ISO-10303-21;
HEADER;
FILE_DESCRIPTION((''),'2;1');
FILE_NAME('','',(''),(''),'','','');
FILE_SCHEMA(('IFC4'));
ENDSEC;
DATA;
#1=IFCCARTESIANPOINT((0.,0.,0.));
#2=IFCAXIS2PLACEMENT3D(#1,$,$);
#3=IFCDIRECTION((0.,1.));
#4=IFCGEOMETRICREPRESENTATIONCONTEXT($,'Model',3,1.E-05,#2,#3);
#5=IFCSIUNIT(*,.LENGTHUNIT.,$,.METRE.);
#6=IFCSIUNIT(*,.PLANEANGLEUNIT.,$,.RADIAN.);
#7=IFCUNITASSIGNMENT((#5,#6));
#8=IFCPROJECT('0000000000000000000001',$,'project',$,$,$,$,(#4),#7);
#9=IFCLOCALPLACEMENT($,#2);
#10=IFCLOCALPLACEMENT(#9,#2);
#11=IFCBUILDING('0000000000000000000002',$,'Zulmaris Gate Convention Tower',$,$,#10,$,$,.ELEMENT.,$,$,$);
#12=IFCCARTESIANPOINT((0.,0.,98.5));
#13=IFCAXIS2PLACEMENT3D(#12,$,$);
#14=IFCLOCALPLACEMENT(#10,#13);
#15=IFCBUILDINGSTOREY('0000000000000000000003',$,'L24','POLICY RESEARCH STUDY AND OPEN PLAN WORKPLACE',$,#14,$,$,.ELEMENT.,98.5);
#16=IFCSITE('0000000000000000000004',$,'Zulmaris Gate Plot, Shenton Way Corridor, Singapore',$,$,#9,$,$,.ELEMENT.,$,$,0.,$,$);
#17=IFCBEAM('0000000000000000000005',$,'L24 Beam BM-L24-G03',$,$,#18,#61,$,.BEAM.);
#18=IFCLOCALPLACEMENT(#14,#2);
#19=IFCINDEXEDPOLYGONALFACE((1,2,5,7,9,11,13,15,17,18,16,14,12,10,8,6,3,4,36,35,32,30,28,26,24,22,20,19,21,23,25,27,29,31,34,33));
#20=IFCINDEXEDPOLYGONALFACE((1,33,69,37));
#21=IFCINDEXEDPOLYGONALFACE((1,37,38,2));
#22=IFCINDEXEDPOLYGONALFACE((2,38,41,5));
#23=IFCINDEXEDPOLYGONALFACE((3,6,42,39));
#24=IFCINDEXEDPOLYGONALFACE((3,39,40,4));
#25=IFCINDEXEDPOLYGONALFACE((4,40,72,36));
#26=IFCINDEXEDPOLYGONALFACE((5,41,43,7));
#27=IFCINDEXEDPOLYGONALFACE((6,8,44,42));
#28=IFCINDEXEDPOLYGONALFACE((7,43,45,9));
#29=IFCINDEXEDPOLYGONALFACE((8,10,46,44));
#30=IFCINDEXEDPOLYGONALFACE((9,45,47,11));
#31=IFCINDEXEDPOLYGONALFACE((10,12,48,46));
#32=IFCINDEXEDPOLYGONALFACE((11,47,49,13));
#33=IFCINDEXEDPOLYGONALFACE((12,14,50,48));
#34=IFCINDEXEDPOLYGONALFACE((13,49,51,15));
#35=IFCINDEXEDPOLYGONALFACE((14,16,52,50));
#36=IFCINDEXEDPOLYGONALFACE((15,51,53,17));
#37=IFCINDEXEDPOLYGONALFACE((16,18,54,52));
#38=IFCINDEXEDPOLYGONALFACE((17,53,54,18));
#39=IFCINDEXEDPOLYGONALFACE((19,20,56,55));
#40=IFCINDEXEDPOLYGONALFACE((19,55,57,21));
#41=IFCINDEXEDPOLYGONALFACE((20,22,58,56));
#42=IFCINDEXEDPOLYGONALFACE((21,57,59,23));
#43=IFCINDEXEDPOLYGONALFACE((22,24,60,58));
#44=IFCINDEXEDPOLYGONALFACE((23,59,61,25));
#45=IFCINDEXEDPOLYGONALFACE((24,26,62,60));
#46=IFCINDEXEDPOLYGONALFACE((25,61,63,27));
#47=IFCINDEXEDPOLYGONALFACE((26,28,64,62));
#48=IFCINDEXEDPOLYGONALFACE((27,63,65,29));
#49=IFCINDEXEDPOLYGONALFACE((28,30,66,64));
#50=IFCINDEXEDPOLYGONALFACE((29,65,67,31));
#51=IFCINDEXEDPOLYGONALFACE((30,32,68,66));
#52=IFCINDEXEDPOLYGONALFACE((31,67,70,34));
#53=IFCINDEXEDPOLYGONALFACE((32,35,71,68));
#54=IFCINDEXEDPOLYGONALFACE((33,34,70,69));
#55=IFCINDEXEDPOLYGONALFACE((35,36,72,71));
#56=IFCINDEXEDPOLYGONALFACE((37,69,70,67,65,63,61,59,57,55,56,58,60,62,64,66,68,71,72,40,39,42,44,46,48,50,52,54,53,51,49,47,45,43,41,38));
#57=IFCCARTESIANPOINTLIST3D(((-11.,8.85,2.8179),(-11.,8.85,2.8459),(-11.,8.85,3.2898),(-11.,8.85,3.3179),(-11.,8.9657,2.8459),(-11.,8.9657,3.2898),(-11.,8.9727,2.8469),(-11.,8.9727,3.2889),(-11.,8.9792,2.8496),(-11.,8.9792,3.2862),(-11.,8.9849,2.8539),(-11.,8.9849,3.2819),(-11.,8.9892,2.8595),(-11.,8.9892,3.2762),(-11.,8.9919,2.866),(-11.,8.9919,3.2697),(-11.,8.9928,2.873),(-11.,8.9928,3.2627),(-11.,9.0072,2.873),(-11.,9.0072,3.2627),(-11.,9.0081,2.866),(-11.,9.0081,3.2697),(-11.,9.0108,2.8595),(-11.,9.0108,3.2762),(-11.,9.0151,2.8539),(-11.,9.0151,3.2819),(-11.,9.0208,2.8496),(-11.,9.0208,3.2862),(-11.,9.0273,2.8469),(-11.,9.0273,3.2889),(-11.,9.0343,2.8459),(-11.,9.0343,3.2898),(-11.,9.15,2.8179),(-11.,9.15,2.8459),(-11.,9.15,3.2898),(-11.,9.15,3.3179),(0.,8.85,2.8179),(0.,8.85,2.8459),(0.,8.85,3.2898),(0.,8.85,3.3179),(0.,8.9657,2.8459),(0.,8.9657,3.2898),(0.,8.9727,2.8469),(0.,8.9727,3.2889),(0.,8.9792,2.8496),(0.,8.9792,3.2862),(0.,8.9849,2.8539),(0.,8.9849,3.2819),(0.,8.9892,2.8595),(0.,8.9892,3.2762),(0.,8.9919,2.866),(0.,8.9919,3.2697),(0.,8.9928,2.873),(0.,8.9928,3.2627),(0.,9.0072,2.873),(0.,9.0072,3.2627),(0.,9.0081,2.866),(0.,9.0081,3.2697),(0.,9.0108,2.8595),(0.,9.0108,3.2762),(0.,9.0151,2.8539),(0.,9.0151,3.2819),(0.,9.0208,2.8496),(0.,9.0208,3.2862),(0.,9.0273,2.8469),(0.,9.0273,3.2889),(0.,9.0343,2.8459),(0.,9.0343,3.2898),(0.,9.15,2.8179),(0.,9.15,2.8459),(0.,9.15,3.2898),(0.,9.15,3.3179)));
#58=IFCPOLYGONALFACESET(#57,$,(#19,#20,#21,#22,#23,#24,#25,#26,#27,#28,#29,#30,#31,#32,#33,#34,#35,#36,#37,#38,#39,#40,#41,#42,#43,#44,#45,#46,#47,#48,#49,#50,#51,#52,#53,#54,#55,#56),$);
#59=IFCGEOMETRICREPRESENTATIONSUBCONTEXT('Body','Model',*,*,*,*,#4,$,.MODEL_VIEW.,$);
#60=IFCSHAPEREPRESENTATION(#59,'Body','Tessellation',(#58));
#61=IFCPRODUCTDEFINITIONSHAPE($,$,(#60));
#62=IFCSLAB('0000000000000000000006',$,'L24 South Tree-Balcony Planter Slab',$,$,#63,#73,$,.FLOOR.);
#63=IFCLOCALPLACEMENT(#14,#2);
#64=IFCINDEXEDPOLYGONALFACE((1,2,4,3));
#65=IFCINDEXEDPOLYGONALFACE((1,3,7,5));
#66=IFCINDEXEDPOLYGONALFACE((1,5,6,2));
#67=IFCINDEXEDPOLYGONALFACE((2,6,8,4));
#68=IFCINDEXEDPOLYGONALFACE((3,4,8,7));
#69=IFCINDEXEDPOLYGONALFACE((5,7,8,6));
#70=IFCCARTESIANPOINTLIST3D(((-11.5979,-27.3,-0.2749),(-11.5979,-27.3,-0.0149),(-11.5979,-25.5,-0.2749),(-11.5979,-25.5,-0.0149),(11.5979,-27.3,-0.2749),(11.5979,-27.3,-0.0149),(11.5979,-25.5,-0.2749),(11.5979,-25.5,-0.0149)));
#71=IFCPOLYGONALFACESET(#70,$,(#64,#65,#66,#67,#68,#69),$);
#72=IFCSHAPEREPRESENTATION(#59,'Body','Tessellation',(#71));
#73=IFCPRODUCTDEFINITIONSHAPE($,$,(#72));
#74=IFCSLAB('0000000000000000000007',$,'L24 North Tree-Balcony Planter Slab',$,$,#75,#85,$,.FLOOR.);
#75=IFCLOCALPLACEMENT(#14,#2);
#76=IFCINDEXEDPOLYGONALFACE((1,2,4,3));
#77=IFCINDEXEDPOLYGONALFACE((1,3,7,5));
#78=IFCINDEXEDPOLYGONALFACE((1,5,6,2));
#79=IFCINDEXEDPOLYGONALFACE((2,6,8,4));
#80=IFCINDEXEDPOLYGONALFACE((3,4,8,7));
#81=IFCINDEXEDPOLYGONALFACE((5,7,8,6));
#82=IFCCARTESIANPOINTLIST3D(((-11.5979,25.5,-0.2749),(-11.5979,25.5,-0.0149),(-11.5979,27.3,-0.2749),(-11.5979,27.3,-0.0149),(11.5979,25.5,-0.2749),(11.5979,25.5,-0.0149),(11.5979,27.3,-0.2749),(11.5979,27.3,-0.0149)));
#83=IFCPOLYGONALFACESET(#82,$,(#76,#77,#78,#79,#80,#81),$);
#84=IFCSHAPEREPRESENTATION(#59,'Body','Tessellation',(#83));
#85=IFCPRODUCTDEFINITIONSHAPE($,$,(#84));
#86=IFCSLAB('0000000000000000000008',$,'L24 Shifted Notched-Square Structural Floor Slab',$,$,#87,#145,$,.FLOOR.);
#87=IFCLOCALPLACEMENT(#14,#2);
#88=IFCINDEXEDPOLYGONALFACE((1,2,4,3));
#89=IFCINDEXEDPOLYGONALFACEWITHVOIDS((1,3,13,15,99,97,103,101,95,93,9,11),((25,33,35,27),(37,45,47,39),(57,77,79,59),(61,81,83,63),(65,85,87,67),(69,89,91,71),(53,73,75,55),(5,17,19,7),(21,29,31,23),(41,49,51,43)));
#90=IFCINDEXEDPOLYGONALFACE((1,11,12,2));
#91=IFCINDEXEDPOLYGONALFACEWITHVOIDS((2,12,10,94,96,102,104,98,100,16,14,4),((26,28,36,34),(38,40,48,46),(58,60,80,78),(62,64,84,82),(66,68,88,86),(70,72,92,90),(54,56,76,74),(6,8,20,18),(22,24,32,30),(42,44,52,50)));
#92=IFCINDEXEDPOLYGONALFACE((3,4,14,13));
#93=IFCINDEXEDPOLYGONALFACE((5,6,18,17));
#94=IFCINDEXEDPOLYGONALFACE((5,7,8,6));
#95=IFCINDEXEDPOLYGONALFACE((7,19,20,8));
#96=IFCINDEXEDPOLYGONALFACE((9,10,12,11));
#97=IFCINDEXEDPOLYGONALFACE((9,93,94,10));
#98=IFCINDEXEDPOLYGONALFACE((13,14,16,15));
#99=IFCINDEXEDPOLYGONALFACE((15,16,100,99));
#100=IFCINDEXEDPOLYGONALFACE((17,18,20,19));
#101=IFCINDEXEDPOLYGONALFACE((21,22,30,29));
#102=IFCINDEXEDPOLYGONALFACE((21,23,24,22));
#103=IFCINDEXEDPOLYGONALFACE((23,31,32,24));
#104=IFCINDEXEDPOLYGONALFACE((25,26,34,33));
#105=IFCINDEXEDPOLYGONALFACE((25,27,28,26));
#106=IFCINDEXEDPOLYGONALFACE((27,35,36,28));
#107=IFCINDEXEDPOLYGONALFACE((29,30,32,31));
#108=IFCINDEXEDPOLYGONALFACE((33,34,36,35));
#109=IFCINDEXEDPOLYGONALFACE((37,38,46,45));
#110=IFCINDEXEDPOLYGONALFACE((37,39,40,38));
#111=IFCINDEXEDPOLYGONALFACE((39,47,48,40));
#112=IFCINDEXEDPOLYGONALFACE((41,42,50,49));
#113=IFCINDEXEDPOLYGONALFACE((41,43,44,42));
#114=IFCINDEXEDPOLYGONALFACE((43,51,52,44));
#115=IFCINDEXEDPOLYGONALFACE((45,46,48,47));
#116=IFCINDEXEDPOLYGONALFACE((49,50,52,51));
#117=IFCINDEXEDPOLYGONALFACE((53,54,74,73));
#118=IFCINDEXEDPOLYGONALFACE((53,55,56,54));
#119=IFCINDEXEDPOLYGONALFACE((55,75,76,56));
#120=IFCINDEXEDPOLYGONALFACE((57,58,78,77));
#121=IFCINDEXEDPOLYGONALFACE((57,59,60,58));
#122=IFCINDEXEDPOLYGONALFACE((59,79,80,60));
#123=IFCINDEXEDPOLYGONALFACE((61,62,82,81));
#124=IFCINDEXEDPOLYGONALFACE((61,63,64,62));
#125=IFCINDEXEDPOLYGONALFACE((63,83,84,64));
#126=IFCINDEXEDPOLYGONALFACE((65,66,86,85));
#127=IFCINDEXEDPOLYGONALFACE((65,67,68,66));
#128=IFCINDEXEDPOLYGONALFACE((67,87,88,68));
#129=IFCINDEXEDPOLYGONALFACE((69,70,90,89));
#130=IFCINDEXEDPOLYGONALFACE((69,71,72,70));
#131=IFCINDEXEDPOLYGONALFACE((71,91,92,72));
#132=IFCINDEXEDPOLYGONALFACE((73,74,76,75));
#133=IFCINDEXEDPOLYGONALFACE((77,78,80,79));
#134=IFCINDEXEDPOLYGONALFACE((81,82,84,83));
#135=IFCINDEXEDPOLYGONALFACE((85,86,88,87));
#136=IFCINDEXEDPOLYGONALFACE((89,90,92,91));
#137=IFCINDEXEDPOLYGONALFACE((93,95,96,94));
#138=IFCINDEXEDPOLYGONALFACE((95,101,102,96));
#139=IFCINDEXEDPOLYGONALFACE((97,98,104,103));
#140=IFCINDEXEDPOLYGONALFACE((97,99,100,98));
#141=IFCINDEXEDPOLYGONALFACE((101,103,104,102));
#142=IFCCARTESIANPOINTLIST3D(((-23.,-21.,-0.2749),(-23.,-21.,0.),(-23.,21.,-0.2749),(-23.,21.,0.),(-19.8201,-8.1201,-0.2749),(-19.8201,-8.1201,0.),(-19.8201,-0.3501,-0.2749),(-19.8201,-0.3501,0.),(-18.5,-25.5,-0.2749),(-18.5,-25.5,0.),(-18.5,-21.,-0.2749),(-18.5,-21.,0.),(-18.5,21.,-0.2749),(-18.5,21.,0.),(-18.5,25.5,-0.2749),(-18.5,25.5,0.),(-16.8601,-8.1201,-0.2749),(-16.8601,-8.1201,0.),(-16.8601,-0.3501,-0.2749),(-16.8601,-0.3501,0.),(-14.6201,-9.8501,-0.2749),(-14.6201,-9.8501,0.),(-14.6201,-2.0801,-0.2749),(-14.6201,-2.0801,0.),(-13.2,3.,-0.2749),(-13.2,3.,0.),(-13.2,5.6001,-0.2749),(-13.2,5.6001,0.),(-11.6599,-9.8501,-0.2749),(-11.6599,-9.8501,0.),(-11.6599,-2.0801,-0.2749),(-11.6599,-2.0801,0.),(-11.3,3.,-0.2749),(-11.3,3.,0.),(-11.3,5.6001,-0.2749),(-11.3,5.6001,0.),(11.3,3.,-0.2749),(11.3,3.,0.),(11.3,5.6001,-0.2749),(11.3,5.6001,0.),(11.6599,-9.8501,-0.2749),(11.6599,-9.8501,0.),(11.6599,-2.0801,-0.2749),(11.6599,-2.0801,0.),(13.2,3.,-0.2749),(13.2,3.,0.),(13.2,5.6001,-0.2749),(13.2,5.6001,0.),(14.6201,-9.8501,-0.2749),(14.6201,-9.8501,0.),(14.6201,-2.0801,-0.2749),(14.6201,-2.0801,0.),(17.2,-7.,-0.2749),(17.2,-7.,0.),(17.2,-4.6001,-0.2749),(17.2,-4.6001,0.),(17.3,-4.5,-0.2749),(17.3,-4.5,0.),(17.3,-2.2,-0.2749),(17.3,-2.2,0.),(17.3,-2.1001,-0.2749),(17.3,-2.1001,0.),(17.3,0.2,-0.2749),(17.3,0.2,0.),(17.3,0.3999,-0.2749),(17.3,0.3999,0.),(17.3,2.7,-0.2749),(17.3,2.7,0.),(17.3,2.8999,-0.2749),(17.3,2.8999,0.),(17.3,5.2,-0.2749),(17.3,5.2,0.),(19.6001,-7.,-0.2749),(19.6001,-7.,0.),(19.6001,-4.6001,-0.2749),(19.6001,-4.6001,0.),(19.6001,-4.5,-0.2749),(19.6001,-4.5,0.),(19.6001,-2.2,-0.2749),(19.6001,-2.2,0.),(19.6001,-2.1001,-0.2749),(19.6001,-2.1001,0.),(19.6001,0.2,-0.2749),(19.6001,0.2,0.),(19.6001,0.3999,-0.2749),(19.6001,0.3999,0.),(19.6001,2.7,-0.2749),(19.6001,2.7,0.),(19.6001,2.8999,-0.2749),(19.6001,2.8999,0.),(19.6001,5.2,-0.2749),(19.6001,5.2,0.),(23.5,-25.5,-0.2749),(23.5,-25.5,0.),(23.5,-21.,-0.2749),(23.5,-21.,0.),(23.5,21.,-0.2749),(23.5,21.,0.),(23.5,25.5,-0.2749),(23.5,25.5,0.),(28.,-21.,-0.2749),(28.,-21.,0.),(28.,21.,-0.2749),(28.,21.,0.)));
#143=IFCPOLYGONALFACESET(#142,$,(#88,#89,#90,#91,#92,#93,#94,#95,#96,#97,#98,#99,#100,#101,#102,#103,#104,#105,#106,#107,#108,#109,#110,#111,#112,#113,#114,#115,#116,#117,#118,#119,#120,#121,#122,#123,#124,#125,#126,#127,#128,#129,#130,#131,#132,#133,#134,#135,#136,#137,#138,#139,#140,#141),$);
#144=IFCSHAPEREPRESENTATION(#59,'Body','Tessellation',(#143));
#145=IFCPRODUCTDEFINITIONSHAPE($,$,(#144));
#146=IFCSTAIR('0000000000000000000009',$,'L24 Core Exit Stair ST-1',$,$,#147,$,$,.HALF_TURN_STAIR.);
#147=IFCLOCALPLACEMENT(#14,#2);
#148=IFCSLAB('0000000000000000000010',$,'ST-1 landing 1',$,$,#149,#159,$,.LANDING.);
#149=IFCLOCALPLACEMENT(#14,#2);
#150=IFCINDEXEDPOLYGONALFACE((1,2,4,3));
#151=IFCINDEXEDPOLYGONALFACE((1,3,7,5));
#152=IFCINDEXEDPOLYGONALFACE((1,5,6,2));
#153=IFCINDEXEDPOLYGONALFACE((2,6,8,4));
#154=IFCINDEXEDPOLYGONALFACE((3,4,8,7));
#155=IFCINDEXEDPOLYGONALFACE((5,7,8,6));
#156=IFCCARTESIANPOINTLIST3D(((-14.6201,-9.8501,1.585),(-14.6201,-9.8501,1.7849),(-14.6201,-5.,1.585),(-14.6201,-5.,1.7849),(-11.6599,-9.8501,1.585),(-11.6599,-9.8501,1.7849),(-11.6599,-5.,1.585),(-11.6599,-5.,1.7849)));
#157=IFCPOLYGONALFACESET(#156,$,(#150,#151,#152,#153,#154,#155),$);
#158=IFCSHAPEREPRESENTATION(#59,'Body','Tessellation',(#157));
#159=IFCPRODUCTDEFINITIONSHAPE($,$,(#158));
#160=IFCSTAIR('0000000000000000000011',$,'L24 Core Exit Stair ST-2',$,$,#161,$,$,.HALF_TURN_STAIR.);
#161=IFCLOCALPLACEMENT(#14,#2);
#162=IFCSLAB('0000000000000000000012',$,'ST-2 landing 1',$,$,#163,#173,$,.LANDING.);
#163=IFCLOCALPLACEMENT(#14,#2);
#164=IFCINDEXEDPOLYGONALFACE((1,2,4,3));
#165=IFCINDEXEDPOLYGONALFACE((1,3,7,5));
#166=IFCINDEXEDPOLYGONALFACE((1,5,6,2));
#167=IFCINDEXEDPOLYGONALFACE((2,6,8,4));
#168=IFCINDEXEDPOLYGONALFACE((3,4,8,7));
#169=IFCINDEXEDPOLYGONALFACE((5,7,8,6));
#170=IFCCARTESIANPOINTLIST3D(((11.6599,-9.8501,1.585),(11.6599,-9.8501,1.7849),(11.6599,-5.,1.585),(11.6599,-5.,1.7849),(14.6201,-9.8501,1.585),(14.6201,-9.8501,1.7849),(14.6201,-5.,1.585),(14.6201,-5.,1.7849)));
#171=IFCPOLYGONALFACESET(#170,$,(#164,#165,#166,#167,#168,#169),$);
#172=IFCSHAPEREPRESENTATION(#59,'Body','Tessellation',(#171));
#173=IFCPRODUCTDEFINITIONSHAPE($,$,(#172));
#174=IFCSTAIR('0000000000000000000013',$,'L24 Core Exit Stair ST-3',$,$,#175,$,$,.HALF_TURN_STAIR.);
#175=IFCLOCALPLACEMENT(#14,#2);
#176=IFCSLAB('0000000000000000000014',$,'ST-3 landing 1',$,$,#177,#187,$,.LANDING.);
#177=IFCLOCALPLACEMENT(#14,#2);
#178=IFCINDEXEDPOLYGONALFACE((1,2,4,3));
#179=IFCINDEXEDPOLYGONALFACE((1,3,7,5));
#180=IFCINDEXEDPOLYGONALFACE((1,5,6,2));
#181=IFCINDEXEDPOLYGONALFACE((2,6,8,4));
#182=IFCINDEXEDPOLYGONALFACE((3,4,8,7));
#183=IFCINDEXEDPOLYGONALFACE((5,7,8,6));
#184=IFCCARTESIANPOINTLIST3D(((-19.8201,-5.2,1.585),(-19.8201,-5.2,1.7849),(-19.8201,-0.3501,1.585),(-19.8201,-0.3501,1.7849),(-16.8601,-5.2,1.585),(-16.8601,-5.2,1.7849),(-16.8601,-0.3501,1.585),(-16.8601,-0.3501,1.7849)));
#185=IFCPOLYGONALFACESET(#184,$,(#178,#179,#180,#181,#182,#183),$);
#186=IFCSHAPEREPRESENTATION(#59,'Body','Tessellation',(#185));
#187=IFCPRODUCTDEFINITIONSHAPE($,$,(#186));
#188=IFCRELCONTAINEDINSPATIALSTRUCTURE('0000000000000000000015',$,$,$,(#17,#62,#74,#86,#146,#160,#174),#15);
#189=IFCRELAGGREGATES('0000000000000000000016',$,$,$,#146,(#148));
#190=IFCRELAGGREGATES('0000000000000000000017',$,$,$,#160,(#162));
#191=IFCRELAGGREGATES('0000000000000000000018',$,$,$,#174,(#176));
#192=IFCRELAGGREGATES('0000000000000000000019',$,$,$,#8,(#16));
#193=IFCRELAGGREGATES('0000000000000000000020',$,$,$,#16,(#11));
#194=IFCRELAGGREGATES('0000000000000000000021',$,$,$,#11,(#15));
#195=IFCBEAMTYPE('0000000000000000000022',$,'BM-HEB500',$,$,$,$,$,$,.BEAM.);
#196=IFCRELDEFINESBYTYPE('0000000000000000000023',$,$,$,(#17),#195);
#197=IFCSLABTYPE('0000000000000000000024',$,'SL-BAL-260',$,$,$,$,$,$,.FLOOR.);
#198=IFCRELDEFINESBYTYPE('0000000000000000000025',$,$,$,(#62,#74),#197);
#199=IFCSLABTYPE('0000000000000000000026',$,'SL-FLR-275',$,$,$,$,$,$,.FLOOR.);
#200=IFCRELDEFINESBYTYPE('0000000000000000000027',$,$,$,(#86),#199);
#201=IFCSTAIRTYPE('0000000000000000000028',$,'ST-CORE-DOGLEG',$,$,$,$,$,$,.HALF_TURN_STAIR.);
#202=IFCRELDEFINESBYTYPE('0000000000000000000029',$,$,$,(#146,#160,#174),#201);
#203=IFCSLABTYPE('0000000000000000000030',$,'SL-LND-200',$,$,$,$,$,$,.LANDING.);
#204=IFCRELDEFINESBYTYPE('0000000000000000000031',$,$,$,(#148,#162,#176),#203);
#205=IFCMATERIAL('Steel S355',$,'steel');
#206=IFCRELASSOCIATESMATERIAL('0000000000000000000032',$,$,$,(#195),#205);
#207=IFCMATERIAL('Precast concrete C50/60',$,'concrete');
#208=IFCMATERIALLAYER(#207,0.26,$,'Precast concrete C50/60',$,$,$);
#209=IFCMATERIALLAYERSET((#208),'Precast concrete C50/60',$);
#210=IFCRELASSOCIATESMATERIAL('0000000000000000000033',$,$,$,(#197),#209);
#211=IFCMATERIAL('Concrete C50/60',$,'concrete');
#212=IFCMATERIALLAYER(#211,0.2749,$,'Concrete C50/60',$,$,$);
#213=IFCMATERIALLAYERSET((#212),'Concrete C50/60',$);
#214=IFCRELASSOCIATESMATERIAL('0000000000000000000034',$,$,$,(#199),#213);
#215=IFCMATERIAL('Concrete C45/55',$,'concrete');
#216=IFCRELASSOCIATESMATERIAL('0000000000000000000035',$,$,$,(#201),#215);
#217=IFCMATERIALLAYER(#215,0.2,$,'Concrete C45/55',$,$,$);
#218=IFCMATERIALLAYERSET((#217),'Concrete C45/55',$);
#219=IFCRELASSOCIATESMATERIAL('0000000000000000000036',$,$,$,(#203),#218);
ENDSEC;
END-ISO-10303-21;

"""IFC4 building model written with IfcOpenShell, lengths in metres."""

from ifc_helpers import new_model, si_unit, direction, frame, origin, origin_2d, place, context, subcontext, project, spatial, polyline, i_section, outline, extrude, material, layer, layer_set, material_profile, profile_set, type_object, element, aggregate, save


model = new_model("IFC4")

# Units and contexts
model_context = context("Model", 3, precision=1e-05, world=origin(), true_north=direction((0.0, 1.0)))
body_context = subcontext(model_context, "Body", "Model", "MODEL_VIEW")
ifc_project = project(units=[si_unit("LENGTHUNIT", "METRE"), si_unit("PLANEANGLEUNIT", "RADIAN")], contexts=[model_context])

# Site, building, storey
site_placement = place(None, origin())
site = spatial("IfcSite", under=ifc_project, at=site_placement, Name="Zulmaris Gate Plot, Shenton Way Corridor, Singapore", CompositionType="ELEMENT", RefElevation=0.0)
building_placement = place(site_placement, origin())
building = spatial("IfcBuilding", under=site, at=building_placement, Name="Zulmaris Gate Convention Tower", CompositionType="ELEMENT")
storey_placement = place(building_placement, frame((0.0, 0.0, 98.5)))
storey = spatial("IfcBuildingStorey", under=building, at=storey_placement, Name="L24", Description="POLICY RESEARCH STUDY AND OPEN PLAN WORKPLACE", CompositionType="ELEMENT", Elevation=98.5)

# Beam
ifc_material_1 = material(Name="Steel S355", Category="steel")
ifc_material_profile = material_profile(ifc_material_1, i_section(OverallWidth=0.3, OverallDepth=0.5, WebThickness=0.0144, FlangeThickness=0.0281, FilletRadius=0.0271, at=origin_2d()), Name="HEB 500")
ifc_profile_set = profile_set([ifc_material_profile], Name="Steel S355")
beam_type = type_object("IfcBeamType", Name="BM-HEB500", PredefinedType="BEAM", material=ifc_profile_set)
beam_placement = place(storey_placement, frame((-11.0, 9.0, 3.0679), z_axis=(1.0, 0.0, 0.0), x_axis=(0.0, 1.0, 0.0)))
element("IfcBeam", 1, at=beam_placement, inside=storey, type_object=beam_type, Name="L24 Beam BM-L24-G03", PredefinedType="BEAM", context=body_context, shape_type="SweptSolid", body=[
    extrude(i_section(OverallWidth=0.3, OverallDepth=0.5, WebThickness=0.0144, FlangeThickness=0.0281, FilletRadius=0.0271, at=origin_2d()), origin(), (0.0, 0.0, 1.0), 11.0),
])

# Slabs
ifc_material_2 = material(Name="Precast concrete C50/60", Category="concrete")
ifc_layer_1 = layer(ifc_material_2, 0.26, Name="Precast concrete C50/60")
ifc_layer_set_1 = layer_set([ifc_layer_1], Name="Precast concrete C50/60")
slab_type_1 = type_object("IfcSlabType", Name="SL-BAL-260", PredefinedType="FLOOR", material=ifc_layer_set_1)
slab_1_placement = place(storey_placement, frame((0.0, 0.0, -0.2749)))
element("IfcSlab", 2, at=slab_1_placement, inside=storey, type_object=slab_type_1, Name="L24 South Tree-Balcony Planter Slab", PredefinedType="FLOOR", context=body_context, shape_type="SweptSolid", body=[
    extrude(outline(polyline([(-11.5979, -27.3), (-11.5979, -25.5), (11.5979, -25.5), (11.5979, -27.3), (-11.5979, -27.3)])), origin(), (0.0, 0.0, 1.0), 0.26),
])
slab_2_placement = place(storey_placement, frame((0.0, 0.0, -0.2749)))
element("IfcSlab", 3, at=slab_2_placement, inside=storey, type_object=slab_type_1, Name="L24 North Tree-Balcony Planter Slab", PredefinedType="FLOOR", context=body_context, shape_type="SweptSolid", body=[
    extrude(outline(polyline([(11.5979, 27.3), (11.5979, 25.5), (-11.5979, 25.5), (-11.5979, 27.3), (11.5979, 27.3)])), origin(), (0.0, 0.0, 1.0), 0.26),
])
ifc_material_3 = material(Name="Concrete C50/60", Category="concrete")
ifc_layer_2 = layer(ifc_material_3, 0.2749, Name="Concrete C50/60")
ifc_layer_set_2 = layer_set([ifc_layer_2], Name="Concrete C50/60")
slab_type_2 = type_object("IfcSlabType", Name="SL-FLR-275", PredefinedType="FLOOR", material=ifc_layer_set_2)
slab_3_placement = place(storey_placement, frame((0.0, 0.0, -0.2749)))
element("IfcSlab", 4, at=slab_3_placement, inside=storey, type_object=slab_type_2, Name="L24 Shifted Notched-Square Structural Floor Slab", PredefinedType="FLOOR", context=body_context, shape_type="SweptSolid", body=[
    extrude(outline(polyline([(-18.5, -25.5), (23.5, -25.5), (23.5, -21.0), (28.0, -21.0), (28.0, 21.0), (23.5, 21.0), (23.5, 25.5), (-18.5, 25.5), (-18.5, 21.0), (-23.0, 21.0), (-23.0, -21.0), (-18.5, -21.0), (-18.5, -25.5)]), holes=[polyline([(-14.6201, -2.0801), (-14.6201, -9.8501), (-11.6599, -9.8501), (-11.6599, -2.0801), (-14.6201, -2.0801)]), polyline([(11.6599, -2.0801), (11.6599, -9.8501), (14.6201, -9.8501), (14.6201, -2.0801), (11.6599, -2.0801)]), polyline([(-16.8601, -8.1201), (-16.8601, -0.3501), (-19.8201, -0.3501), (-19.8201, -8.1201), (-16.8601, -8.1201)]), polyline([(-13.2, 3.0), (-11.3, 3.0), (-11.3, 5.6001), (-13.2, 5.6001), (-13.2, 3.0)]), polyline([(11.3, 3.0), (13.2, 3.0), (13.2, 5.6001), (11.3, 5.6001), (11.3, 3.0)]), polyline([(17.2, -7.0), (19.6001, -7.0), (19.6001, -4.6001), (17.2, -4.6001), (17.2, -7.0)]), polyline([(17.3, -4.5), (19.6001, -4.5), (19.6001, -2.2), (17.3, -2.2), (17.3, -4.5)]), polyline([(17.3, -2.1001), (19.6001, -2.1001), (19.6001, 0.2), (17.3, 0.2), (17.3, -2.1001)]), polyline([(17.3, 0.3999), (19.6001, 0.3999), (19.6001, 2.7), (17.3, 2.7), (17.3, 0.3999)]), polyline([(17.3, 2.8999), (19.6001, 2.8999), (19.6001, 5.2), (17.3, 5.2), (17.3, 2.8999)])]), origin(), (0.0, 0.0, 1.0), 0.2749),
])

# Stairs, slabs
ifc_material_4 = material(Name="Concrete C45/55", Category="concrete")
stair_type = type_object("IfcStairType", Name="ST-CORE-DOGLEG", PredefinedType="HALF_TURN_STAIR", material=ifc_material_4)
stair_1_placement = place(storey_placement, origin())
stair_1 = element("IfcStair", 5, at=stair_1_placement, inside=storey, type_object=stair_type, Name="L24 Core Exit Stair ST-1", PredefinedType="HALF_TURN_STAIR")
ifc_layer_3 = layer(ifc_material_4, 0.2, Name="Concrete C45/55")
ifc_layer_set_3 = layer_set([ifc_layer_3], Name="Concrete C45/55")
slab_type_3 = type_object("IfcSlabType", Name="SL-LND-200", PredefinedType="LANDING", material=ifc_layer_set_3)
slab_4_placement = place(storey_placement, frame((0.0, 0.0, 1.585)))
slab_4 = element("IfcSlab", 6, at=slab_4_placement, type_object=slab_type_3, Name="ST-1 landing 1", PredefinedType="LANDING", context=body_context, shape_type="SweptSolid", body=[
    extrude(outline(polyline([(-14.6201, -5.0), (-14.6201, -9.8501), (-11.6599, -9.8501), (-11.6599, -5.0), (-14.6201, -5.0)])), origin(), (0.0, 0.0, 1.0), 0.2),
])
aggregate(stair_1, [slab_4])
stair_2_placement = place(storey_placement, origin())
stair_2 = element("IfcStair", 7, at=stair_2_placement, inside=storey, type_object=stair_type, Name="L24 Core Exit Stair ST-2", PredefinedType="HALF_TURN_STAIR")
slab_5_placement = place(storey_placement, frame((0.0, 0.0, 1.585)))
slab_5 = element("IfcSlab", 8, at=slab_5_placement, type_object=slab_type_3, Name="ST-2 landing 1", PredefinedType="LANDING", context=body_context, shape_type="SweptSolid", body=[
    extrude(outline(polyline([(11.6599, -5.0), (11.6599, -9.8501), (14.6201, -9.8501), (14.6201, -5.0), (11.6599, -5.0)])), origin(), (0.0, 0.0, 1.0), 0.2),
])
aggregate(stair_2, [slab_5])
stair_3_placement = place(storey_placement, origin())
stair_3 = element("IfcStair", 9, at=stair_3_placement, inside=storey, type_object=stair_type, Name="L24 Core Exit Stair ST-3", PredefinedType="HALF_TURN_STAIR")
slab_6_placement = place(storey_placement, frame((0.0, 0.0, 1.585)))
slab_6 = element("IfcSlab", 10, at=slab_6_placement, type_object=slab_type_3, Name="ST-3 landing 1", PredefinedType="LANDING", context=body_context, shape_type="SweptSolid", body=[
    extrude(outline(polyline([(-16.8601, -5.2), (-16.8601, -0.3501), (-19.8201, -0.3501), (-19.8201, -5.2), (-16.8601, -5.2)])), origin(), (0.0, 0.0, 1.0), 0.2),
])
aggregate(stair_3, [slab_6])

save(model, "model.ifc")
